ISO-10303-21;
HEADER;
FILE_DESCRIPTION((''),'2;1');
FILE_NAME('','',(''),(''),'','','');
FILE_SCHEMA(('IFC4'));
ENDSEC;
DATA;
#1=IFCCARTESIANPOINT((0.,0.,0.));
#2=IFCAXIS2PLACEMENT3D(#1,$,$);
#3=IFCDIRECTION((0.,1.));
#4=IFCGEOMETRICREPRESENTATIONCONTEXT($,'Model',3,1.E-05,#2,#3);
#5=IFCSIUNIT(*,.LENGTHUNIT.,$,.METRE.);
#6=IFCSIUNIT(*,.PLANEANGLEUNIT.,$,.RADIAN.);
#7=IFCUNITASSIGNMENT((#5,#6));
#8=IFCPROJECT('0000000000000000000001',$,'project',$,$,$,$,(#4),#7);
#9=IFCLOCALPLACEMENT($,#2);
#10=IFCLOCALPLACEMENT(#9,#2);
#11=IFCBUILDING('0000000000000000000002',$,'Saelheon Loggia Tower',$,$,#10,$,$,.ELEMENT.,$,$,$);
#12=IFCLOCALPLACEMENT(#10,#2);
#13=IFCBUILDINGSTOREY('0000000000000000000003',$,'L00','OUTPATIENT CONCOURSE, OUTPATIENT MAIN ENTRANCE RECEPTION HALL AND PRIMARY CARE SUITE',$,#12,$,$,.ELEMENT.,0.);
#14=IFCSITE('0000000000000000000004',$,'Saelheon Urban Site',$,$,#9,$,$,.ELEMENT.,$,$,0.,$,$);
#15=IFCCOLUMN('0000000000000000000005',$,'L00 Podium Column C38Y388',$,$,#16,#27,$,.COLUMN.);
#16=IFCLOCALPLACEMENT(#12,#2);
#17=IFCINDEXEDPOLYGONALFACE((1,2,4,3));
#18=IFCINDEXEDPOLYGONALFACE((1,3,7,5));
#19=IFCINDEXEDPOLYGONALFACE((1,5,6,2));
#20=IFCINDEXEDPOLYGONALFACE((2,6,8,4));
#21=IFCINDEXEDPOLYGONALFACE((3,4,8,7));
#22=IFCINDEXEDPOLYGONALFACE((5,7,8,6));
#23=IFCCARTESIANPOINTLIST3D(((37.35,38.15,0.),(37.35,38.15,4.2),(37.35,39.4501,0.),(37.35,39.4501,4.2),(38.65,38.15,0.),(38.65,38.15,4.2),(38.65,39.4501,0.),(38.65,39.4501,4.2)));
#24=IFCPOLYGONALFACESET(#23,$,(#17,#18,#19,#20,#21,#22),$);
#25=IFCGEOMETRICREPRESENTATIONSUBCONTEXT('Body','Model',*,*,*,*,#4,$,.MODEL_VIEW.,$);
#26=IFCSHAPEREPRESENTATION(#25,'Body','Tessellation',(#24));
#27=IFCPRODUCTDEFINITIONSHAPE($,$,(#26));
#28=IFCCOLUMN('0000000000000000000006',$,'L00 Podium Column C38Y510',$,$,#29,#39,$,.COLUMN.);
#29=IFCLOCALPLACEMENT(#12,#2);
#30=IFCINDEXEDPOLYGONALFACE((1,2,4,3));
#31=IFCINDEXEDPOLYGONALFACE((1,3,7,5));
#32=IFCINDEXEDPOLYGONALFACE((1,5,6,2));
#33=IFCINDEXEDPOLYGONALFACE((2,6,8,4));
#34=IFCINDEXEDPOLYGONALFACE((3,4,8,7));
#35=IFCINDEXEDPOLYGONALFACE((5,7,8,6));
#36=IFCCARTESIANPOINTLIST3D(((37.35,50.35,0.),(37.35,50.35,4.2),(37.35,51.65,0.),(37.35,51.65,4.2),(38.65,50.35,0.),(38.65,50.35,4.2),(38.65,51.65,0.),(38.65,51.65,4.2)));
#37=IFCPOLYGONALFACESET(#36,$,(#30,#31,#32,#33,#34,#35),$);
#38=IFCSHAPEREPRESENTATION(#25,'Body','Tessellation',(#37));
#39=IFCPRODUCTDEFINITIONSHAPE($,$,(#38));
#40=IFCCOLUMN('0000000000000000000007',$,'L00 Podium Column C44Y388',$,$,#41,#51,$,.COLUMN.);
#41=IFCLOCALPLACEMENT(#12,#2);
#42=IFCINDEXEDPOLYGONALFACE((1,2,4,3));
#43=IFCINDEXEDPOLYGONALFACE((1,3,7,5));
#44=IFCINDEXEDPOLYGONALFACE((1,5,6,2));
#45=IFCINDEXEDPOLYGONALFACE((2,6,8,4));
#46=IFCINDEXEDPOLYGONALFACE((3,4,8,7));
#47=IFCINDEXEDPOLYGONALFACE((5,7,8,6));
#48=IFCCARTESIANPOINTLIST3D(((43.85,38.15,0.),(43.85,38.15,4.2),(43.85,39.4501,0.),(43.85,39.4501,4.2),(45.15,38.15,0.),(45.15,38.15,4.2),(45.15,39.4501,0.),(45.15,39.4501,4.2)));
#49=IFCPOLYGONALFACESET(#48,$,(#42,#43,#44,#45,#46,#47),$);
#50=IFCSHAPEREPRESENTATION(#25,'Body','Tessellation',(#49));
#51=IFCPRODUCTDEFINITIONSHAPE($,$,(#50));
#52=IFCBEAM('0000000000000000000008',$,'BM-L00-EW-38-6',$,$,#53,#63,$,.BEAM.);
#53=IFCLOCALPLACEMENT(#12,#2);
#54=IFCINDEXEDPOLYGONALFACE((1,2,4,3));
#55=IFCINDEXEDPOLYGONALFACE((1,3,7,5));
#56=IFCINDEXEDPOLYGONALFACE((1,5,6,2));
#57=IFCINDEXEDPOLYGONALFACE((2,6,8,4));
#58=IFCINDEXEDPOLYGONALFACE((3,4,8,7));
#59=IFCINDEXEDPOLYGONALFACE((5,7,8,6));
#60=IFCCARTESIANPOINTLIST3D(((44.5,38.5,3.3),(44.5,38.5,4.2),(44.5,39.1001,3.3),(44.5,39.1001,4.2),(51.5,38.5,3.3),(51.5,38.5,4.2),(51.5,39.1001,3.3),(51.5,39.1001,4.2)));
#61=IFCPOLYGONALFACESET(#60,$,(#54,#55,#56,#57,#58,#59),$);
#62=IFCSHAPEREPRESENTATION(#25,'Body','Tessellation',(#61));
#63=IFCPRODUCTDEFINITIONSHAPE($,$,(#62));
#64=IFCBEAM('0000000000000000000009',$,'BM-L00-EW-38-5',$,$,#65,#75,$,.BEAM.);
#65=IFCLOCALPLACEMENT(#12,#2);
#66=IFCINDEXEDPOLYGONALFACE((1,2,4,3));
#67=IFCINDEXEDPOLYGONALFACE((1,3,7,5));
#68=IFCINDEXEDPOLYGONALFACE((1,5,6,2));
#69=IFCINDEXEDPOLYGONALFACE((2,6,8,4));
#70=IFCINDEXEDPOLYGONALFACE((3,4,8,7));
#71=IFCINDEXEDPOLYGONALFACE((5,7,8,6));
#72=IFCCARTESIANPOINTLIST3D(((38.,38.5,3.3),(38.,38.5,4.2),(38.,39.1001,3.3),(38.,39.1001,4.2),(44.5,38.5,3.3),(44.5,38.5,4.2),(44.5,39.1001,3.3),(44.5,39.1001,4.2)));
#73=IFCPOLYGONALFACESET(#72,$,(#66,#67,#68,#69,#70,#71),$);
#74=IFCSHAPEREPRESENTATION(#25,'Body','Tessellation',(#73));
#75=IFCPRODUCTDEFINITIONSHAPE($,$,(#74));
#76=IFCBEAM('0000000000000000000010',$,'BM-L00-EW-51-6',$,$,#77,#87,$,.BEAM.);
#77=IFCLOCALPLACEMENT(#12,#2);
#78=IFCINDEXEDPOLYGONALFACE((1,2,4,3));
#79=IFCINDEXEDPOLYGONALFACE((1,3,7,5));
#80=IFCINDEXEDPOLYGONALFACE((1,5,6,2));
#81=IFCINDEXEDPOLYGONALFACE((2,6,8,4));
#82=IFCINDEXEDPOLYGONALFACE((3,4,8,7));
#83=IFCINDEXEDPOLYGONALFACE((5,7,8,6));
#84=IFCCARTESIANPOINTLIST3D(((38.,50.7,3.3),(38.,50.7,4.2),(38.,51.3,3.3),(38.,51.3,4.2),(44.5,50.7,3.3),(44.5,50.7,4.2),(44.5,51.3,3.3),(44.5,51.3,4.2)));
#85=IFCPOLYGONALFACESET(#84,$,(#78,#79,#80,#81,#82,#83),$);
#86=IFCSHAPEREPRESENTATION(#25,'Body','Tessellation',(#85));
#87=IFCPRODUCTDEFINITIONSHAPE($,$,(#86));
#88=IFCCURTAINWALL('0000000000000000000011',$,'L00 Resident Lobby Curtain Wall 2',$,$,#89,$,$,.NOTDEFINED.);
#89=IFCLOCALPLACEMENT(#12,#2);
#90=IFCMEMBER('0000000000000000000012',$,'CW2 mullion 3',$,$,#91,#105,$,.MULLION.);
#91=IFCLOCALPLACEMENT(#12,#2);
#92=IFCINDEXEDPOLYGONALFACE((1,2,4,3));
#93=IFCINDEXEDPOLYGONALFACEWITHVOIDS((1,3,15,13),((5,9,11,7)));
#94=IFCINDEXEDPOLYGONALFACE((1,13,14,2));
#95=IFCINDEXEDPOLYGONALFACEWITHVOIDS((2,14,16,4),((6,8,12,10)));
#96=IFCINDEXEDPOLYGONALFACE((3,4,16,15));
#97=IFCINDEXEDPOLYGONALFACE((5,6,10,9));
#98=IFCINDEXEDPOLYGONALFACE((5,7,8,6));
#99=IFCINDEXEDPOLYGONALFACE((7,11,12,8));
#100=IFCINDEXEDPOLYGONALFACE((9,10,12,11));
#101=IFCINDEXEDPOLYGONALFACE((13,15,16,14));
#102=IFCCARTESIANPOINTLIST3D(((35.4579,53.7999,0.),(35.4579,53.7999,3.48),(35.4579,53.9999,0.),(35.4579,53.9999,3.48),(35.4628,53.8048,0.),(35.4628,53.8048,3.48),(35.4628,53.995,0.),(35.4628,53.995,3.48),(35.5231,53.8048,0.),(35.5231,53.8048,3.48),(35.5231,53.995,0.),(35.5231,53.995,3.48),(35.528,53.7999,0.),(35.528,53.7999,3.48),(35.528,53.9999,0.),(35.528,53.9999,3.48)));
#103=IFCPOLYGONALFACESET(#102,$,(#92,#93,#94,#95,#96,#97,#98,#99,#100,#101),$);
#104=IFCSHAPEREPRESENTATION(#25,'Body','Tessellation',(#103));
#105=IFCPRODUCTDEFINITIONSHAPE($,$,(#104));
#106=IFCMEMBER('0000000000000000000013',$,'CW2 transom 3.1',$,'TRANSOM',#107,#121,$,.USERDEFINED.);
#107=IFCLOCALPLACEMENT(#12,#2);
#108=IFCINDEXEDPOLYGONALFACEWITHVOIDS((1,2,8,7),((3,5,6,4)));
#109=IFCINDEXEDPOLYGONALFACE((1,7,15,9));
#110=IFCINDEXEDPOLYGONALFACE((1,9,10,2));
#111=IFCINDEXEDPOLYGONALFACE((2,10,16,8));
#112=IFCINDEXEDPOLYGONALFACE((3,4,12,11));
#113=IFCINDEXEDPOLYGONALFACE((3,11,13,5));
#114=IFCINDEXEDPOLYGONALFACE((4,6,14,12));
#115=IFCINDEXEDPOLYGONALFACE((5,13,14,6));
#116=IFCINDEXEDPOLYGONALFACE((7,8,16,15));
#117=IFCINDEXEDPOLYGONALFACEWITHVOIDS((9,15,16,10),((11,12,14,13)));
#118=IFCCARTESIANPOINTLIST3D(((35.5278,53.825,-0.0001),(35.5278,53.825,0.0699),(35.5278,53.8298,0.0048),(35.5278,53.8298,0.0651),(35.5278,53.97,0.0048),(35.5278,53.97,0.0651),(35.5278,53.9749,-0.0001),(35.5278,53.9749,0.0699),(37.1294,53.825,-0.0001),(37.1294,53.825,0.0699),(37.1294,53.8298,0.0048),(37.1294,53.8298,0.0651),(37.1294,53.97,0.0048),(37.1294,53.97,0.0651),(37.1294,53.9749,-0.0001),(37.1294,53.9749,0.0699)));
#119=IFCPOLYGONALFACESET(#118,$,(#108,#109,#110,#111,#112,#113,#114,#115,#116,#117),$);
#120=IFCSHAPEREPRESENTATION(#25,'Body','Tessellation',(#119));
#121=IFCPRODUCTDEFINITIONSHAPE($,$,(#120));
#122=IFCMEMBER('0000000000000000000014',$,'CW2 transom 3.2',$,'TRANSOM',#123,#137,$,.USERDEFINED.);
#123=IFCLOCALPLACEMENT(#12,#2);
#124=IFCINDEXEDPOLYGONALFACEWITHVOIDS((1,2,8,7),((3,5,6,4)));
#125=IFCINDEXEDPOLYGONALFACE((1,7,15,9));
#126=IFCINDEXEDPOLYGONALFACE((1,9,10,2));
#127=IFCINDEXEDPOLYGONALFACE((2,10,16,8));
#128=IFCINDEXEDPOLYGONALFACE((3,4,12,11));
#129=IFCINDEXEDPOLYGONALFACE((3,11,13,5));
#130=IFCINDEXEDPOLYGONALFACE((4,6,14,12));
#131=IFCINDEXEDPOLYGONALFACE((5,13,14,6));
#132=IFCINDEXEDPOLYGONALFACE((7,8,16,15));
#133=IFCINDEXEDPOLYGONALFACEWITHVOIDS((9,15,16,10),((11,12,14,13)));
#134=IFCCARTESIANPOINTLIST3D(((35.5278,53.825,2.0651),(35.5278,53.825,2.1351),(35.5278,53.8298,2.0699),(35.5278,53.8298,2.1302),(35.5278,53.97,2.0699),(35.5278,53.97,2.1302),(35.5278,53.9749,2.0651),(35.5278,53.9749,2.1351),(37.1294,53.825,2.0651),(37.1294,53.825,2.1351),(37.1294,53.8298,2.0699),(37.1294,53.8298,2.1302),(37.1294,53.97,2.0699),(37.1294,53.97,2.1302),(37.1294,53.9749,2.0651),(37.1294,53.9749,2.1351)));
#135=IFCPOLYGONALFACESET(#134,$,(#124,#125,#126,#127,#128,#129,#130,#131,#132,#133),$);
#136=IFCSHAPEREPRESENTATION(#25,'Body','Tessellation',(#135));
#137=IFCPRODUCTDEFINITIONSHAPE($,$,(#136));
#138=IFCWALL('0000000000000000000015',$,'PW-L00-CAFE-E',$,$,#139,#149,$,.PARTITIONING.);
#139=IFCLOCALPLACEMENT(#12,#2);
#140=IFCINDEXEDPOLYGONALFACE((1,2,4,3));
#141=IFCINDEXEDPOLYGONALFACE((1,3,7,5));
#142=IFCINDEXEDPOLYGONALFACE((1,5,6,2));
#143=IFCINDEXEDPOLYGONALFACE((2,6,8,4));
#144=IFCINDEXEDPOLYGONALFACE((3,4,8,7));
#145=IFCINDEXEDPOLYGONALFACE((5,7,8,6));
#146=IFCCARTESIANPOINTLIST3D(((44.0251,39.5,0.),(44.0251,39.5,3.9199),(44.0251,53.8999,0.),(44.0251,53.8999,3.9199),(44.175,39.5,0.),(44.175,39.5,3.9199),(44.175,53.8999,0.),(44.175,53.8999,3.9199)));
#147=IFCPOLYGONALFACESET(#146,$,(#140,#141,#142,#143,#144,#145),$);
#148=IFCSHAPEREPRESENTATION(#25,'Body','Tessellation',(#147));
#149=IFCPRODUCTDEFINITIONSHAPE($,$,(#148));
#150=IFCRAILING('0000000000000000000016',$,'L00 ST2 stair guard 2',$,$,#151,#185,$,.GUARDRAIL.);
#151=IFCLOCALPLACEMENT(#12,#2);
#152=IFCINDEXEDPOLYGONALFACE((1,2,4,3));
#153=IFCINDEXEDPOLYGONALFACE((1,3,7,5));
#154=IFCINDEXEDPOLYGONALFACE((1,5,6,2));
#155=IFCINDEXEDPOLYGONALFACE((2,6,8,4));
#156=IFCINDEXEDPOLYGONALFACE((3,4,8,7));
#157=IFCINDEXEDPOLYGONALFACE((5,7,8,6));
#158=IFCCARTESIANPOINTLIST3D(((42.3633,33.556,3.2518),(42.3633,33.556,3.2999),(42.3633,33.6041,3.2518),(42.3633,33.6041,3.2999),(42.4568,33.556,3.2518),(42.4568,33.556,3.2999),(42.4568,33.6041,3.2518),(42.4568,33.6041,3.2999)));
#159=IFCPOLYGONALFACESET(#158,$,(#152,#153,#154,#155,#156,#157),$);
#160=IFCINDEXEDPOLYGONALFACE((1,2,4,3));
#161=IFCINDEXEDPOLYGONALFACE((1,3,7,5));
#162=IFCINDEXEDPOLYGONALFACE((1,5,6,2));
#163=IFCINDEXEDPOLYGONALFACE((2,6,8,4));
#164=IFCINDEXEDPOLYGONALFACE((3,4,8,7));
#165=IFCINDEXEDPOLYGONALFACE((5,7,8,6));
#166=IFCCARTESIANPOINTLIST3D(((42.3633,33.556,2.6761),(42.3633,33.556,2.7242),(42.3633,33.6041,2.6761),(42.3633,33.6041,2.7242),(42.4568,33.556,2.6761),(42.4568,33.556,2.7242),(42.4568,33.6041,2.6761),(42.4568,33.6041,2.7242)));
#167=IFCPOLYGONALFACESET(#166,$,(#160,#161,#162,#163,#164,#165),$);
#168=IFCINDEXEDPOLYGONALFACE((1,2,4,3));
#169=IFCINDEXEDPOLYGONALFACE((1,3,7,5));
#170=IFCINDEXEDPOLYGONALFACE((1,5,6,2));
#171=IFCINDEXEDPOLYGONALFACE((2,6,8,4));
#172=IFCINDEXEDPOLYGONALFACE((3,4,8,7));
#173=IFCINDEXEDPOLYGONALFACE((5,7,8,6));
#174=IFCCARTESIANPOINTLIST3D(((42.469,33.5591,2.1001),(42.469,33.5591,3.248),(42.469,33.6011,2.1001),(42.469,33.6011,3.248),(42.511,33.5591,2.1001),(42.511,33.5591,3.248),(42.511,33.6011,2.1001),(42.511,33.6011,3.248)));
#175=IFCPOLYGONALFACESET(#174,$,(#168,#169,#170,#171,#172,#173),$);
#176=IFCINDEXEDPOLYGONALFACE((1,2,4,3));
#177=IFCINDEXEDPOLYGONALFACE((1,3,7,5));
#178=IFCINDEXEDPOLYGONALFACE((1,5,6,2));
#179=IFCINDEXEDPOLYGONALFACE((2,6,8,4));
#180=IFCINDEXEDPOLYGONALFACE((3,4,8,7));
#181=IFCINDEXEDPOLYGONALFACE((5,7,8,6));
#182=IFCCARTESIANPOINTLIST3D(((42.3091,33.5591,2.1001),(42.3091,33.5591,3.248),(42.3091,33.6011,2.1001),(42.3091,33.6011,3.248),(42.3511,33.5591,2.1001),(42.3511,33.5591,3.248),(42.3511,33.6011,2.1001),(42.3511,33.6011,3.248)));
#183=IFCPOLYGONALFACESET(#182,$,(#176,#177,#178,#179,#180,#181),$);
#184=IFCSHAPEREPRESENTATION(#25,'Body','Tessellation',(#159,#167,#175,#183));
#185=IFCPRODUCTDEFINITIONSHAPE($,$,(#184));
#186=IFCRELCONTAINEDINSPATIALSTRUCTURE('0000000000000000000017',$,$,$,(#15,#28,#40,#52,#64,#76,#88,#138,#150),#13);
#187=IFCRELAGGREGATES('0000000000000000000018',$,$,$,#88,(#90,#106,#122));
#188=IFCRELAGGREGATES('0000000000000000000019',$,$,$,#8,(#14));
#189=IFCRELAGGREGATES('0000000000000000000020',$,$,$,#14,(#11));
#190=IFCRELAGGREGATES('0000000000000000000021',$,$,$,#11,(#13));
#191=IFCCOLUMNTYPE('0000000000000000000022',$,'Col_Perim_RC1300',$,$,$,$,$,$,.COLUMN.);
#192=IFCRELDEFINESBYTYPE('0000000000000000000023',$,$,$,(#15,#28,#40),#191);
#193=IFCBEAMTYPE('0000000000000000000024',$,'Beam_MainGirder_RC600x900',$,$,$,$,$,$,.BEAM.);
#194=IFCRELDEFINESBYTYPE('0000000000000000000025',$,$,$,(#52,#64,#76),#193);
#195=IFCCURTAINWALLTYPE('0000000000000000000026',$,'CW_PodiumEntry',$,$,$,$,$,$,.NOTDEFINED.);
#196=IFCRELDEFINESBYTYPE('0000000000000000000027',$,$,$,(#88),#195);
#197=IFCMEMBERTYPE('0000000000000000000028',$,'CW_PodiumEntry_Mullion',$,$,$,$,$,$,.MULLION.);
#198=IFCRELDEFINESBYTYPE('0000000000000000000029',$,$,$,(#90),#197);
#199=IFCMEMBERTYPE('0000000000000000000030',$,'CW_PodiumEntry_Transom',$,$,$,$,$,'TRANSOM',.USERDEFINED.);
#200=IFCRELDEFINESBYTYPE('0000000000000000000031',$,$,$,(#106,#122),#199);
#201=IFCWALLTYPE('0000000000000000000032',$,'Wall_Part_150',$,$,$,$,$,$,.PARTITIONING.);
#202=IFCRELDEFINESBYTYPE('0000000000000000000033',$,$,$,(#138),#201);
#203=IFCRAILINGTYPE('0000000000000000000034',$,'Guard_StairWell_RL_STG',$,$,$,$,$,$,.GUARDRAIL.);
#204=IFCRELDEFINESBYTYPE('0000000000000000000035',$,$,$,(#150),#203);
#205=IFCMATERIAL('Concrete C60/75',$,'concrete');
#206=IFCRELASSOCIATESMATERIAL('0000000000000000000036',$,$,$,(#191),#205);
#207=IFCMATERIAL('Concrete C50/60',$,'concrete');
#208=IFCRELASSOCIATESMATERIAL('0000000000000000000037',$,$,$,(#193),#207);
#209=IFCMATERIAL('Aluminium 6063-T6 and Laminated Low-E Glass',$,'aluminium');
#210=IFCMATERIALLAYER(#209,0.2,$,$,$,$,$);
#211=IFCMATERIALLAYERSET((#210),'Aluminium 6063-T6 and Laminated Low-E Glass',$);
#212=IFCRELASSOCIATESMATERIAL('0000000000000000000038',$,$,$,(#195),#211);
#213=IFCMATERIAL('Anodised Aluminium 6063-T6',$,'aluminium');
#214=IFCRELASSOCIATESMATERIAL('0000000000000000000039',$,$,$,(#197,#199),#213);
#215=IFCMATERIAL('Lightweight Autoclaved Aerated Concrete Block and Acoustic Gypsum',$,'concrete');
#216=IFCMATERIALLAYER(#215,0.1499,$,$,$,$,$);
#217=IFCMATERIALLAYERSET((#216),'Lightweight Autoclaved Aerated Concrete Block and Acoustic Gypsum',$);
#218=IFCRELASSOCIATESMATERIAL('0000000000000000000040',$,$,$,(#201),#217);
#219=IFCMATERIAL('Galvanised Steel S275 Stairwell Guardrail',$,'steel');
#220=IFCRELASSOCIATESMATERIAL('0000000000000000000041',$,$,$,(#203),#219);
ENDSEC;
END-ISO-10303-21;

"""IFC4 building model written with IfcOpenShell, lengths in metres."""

from ifc_helpers import new_model, si_unit, direction, frame, frame_2d, origin, origin_2d, place, context, subcontext, project, spatial, rectangle, hollow_rectangle, extrude, source, transform, mapped, material, layer, layer_set, material_profile, profile_set, type_object, element, aggregate, save


model = new_model("IFC4")

# Units and contexts
model_context = context("Model", 3, precision=1e-05, world=origin(), true_north=direction((0.0, 1.0)))
body_context = subcontext(model_context, "Body", "Model", "MODEL_VIEW")
ifc_project = project(units=[si_unit("LENGTHUNIT", "METRE"), si_unit("PLANEANGLEUNIT", "RADIAN")], contexts=[model_context])

# Site, building, storey
site_placement = place(None, origin())
site = spatial("IfcSite", under=ifc_project, at=site_placement, Name="Saelheon Urban Site", CompositionType="ELEMENT", RefElevation=0.0)
building_placement = place(site_placement, origin())
building = spatial("IfcBuilding", under=site, at=building_placement, Name="Saelheon Loggia Tower", CompositionType="ELEMENT")
storey_placement = place(building_placement, origin())
storey = spatial("IfcBuildingStorey", under=building, at=storey_placement, Name="L00", Description="OUTPATIENT CONCOURSE, OUTPATIENT MAIN ENTRANCE RECEPTION HALL AND PRIMARY CARE SUITE", CompositionType="ELEMENT", Elevation=0.0)

# Columns
ifc_material_1 = material(Name="Concrete C60/75", Category="concrete")
ifc_material_profile_1 = material_profile(ifc_material_1, rectangle(XDim=1.3, YDim=1.3, at=origin_2d()), Name="RC-1300x1300")
ifc_profile_set_1 = profile_set([ifc_material_profile_1], Name="Concrete C60/75")
column_type = type_object("IfcColumnType", Name="Col_Perim_RC1300", PredefinedType="COLUMN", material=ifc_profile_set_1)
shared_shape_1 = source(origin(), body_context, "Body", "SweptSolid", [
    extrude(rectangle(XDim=1.3, YDim=1.3, at=origin_2d()), origin(), (0.0, 0.0, 1.0), 4.2),
])
for number, where, z_axis, x_axis, name in (
    (1, (38.0, 38.8, 0.0), (0.0, 0.0, 1.0), (1.0, 0.0, 0.0), "L00 Podium Column C38Y388"),
    (2, (38.0, 51.0, 0.0), (0.0, 0.0, 1.0), (1.0, 0.0, 0.0), "L00 Podium Column C38Y510"),
    (3, (44.5, 38.8, 0.0), (0.0, 0.0, 1.0), (1.0, 0.0, 0.0), "L00 Podium Column C44Y388"),
):
    element("IfcColumn", number, at=place(storey_placement, frame(where, z_axis=z_axis, x_axis=x_axis)), inside=storey, type_object=column_type, Name=name, PredefinedType="COLUMN", context=body_context, shape_type="MappedRepresentation", body=[
        mapped(shared_shape_1, transform((0.0, 0.0, 0.0), scale=1.0)),
    ])

# Beams
ifc_material_2 = material(Name="Concrete C50/60", Category="concrete")
ifc_material_profile_2 = material_profile(ifc_material_2, rectangle(XDim=0.6001, YDim=0.8999, at=origin_2d()), Name="RC-600x900")
ifc_profile_set_2 = profile_set([ifc_material_profile_2], Name="Concrete C50/60")
beam_type = type_object("IfcBeamType", Name="Beam_MainGirder_RC600x900", PredefinedType="BEAM", material=ifc_profile_set_2)
shared_shape_2 = source(origin(), body_context, "Body", "SweptSolid", [
    extrude(rectangle(XDim=0.6001, YDim=0.8999, at=origin_2d()), origin(), (0.0, 0.0, 1.0), 7.0),
])
beam_placement = place(storey_placement, frame((44.5, 38.8, 3.75), z_axis=(1.0, 0.0, 0.0), x_axis=(0.0, 1.0, 0.0)))
element("IfcBeam", 4, at=beam_placement, inside=storey, type_object=beam_type, Name="BM-L00-EW-38-6", PredefinedType="BEAM", context=body_context, shape_type="MappedRepresentation", body=[
    mapped(shared_shape_2, transform((0.0, 0.0, 0.0), scale=1.0)),
])
shared_shape_3 = source(origin(), body_context, "Body", "SweptSolid", [
    extrude(rectangle(XDim=0.6001, YDim=0.8999, at=origin_2d()), origin(), (0.0, 0.0, 1.0), 6.5),
])
for number, where, z_axis, x_axis, name in (
    (5, (38.0, 38.8, 3.75), (1.0, 0.0, 0.0), (0.0, 1.0, 0.0), "BM-L00-EW-38-5"),
    (6, (38.0, 51.0, 3.75), (1.0, 0.0, 0.0), (0.0, 1.0, 0.0), "BM-L00-EW-51-6"),
):
    element("IfcBeam", number, at=place(storey_placement, frame(where, z_axis=z_axis, x_axis=x_axis)), inside=storey, type_object=beam_type, Name=name, PredefinedType="BEAM", context=body_context, shape_type="MappedRepresentation", body=[
        mapped(shared_shape_3, transform((0.0, 0.0, 0.0), scale=1.0)),
    ])

# Curtain wall, members
ifc_material_3 = material(Name="Aluminium 6063-T6 and Laminated Low-E Glass", Category="aluminium")
ifc_layer_1 = layer(ifc_material_3, 0.2)
ifc_layer_set_1 = layer_set([ifc_layer_1], Name="Aluminium 6063-T6 and Laminated Low-E Glass")
curtain_wall_type = type_object("IfcCurtainWallType", Name="CW_PodiumEntry", PredefinedType="NOTDEFINED", material=ifc_layer_set_1)
curtain_wall_placement = place(storey_placement, origin())
curtain_wall = element("IfcCurtainWall", 7, at=curtain_wall_placement, inside=storey, type_object=curtain_wall_type, Name="L00 Resident Lobby Curtain Wall 2", PredefinedType="NOTDEFINED")
ifc_material_4 = material(Name="Anodised Aluminium 6063-T6", Category="aluminium")
ifc_material_profile_3 = material_profile(ifc_material_4, hollow_rectangle(XDim=0.0701, YDim=0.2, WallThickness=0.0049, at=origin_2d()), Name="RHS-200x70x5")
ifc_profile_set_3 = profile_set([ifc_material_profile_3], Name="Anodised Aluminium 6063-T6")
member_type_1 = type_object("IfcMemberType", Name="CW_PodiumEntry_Mullion", PredefinedType="MULLION", material=ifc_profile_set_3)
shared_shape_4 = source(origin(), body_context, "Body", "SweptSolid", [
    extrude(hollow_rectangle(XDim=0.0701, YDim=0.2, WallThickness=0.0049, at=origin_2d()), origin(), (0.0, 0.0, 1.0), 3.48),
])
member_1_placement = place(storey_placement, frame((35.4929, 53.8999, 0.0), z_axis=(0.0, 0.0, 1.0), x_axis=(1.0, 0.0, 0.0)))
member_1 = element("IfcMember", 8, at=member_1_placement, type_object=member_type_1, Name="CW2 mullion 3", PredefinedType="MULLION", context=body_context, shape_type="MappedRepresentation", body=[
    mapped(shared_shape_4, transform((0.0, 0.0, 0.0), scale=1.0)),
])
ifc_material_profile_4 = material_profile(ifc_material_4, hollow_rectangle(XDim=0.0701, YDim=0.1499, WallThickness=0.0049, at=origin_2d()), Name="RHS-150x70x5")
ifc_profile_set_4 = profile_set([ifc_material_profile_4], Name="Anodised Aluminium 6063-T6")
member_type_2 = type_object("IfcMemberType", Name="CW_PodiumEntry_Transom", ElementType="TRANSOM", PredefinedType="USERDEFINED", material=ifc_profile_set_4)
shared_shape_5 = source(origin(), body_context, "Body", "SweptSolid", [
    extrude(hollow_rectangle(XDim=0.0701, YDim=0.1499, WallThickness=0.0049, at=origin_2d()), origin(), (0.0, 0.0, 1.0), 1.6016),
])
member_2_placement = place(storey_placement, frame((35.5278, 53.8999, 0.0349), z_axis=(1.0, 0.0, 0.0), x_axis=(0.0, 0.0, 1.0)))
member_2 = element("IfcMember", 9, at=member_2_placement, type_object=member_type_2, Name="CW2 transom 3.1", ObjectType="TRANSOM", PredefinedType="USERDEFINED", context=body_context, shape_type="MappedRepresentation", body=[
    mapped(shared_shape_5, transform((0.0, 0.0, 0.0), scale=1.0)),
])
member_3_placement = place(storey_placement, frame((35.5278, 53.8999, 2.1001), z_axis=(1.0, 0.0, 0.0), x_axis=(0.0, 0.0, 1.0)))
member_3 = element("IfcMember", 10, at=member_3_placement, type_object=member_type_2, Name="CW2 transom 3.2", ObjectType="TRANSOM", PredefinedType="USERDEFINED", context=body_context, shape_type="MappedRepresentation", body=[
    mapped(shared_shape_5, transform((0.0, 0.0, 0.0), scale=1.0)),
])
aggregate(curtain_wall, [member_1, member_2, member_3])

# Wall
ifc_material_5 = material(Name="Lightweight Autoclaved Aerated Concrete Block and Acoustic Gypsum", Category="concrete")
ifc_layer_2 = layer(ifc_material_5, 0.1499)
ifc_layer_set_2 = layer_set([ifc_layer_2], Name="Lightweight Autoclaved Aerated Concrete Block and Acoustic Gypsum")
wall_type = type_object("IfcWallType", Name="Wall_Part_150", PredefinedType="PARTITIONING", material=ifc_layer_set_2)
wall_placement = place(storey_placement, frame((44.1001, 39.5, 0.0), z_axis=(0.0, 0.0, 1.0), x_axis=(0.0, 1.0, 0.0)))
element("IfcWall", 11, at=wall_placement, inside=storey, type_object=wall_type, Name="PW-L00-CAFE-E", PredefinedType="PARTITIONING", context=body_context, shape_type="SweptSolid", body=[
    extrude(rectangle(XDim=14.3999, YDim=0.1499, at=frame_2d((7.2, 0.0))), origin(), (0.0, 0.0, 1.0), 3.9199),
])

# Railing
ifc_material_6 = material(Name="Galvanised Steel S275 Stairwell Guardrail", Category="steel")
railing_type_1 = type_object("IfcRailingType", Name="Guard_StairWell_RL_STG", PredefinedType="GUARDRAIL", material=ifc_material_6)
railing_1_placement = place(storey_placement, frame((42.49, 33.5801, 2.1001)))
element("IfcRailing", 12, at=railing_1_placement, inside=storey, type_object=railing_type_1, Name="L00 ST2 stair guard 2", PredefinedType="GUARDRAIL", context=body_context, shape_type="SweptSolid", body=[
    extrude(rectangle(XDim=0.0481, YDim=0.0481, at=origin_2d()), frame((-0.0332, 0.0, 1.1758), z_axis=(-1.0, 0.0, 0.0), x_axis=(0.0, -1.0, 0.0)), (0.0, 0.0, 1.0), 0.0935),
    extrude(rectangle(XDim=0.0481, YDim=0.0481, at=origin_2d()), frame((-0.0332, 0.0, 0.6001), z_axis=(-1.0, 0.0, 0.0), x_axis=(0.0, -1.0, 0.0)), (0.0, 0.0, 1.0), 0.0935),
    extrude(rectangle(XDim=0.042, YDim=0.042, at=origin_2d()), origin(), (0.0, 0.0, 1.0), 1.1479),
    extrude(rectangle(XDim=0.042, YDim=0.042, at=origin_2d()), frame((-0.1599, 0.0, 0.0)), (0.0, 0.0, 1.0), 1.1479),
])

save(model, "model.ifc")
